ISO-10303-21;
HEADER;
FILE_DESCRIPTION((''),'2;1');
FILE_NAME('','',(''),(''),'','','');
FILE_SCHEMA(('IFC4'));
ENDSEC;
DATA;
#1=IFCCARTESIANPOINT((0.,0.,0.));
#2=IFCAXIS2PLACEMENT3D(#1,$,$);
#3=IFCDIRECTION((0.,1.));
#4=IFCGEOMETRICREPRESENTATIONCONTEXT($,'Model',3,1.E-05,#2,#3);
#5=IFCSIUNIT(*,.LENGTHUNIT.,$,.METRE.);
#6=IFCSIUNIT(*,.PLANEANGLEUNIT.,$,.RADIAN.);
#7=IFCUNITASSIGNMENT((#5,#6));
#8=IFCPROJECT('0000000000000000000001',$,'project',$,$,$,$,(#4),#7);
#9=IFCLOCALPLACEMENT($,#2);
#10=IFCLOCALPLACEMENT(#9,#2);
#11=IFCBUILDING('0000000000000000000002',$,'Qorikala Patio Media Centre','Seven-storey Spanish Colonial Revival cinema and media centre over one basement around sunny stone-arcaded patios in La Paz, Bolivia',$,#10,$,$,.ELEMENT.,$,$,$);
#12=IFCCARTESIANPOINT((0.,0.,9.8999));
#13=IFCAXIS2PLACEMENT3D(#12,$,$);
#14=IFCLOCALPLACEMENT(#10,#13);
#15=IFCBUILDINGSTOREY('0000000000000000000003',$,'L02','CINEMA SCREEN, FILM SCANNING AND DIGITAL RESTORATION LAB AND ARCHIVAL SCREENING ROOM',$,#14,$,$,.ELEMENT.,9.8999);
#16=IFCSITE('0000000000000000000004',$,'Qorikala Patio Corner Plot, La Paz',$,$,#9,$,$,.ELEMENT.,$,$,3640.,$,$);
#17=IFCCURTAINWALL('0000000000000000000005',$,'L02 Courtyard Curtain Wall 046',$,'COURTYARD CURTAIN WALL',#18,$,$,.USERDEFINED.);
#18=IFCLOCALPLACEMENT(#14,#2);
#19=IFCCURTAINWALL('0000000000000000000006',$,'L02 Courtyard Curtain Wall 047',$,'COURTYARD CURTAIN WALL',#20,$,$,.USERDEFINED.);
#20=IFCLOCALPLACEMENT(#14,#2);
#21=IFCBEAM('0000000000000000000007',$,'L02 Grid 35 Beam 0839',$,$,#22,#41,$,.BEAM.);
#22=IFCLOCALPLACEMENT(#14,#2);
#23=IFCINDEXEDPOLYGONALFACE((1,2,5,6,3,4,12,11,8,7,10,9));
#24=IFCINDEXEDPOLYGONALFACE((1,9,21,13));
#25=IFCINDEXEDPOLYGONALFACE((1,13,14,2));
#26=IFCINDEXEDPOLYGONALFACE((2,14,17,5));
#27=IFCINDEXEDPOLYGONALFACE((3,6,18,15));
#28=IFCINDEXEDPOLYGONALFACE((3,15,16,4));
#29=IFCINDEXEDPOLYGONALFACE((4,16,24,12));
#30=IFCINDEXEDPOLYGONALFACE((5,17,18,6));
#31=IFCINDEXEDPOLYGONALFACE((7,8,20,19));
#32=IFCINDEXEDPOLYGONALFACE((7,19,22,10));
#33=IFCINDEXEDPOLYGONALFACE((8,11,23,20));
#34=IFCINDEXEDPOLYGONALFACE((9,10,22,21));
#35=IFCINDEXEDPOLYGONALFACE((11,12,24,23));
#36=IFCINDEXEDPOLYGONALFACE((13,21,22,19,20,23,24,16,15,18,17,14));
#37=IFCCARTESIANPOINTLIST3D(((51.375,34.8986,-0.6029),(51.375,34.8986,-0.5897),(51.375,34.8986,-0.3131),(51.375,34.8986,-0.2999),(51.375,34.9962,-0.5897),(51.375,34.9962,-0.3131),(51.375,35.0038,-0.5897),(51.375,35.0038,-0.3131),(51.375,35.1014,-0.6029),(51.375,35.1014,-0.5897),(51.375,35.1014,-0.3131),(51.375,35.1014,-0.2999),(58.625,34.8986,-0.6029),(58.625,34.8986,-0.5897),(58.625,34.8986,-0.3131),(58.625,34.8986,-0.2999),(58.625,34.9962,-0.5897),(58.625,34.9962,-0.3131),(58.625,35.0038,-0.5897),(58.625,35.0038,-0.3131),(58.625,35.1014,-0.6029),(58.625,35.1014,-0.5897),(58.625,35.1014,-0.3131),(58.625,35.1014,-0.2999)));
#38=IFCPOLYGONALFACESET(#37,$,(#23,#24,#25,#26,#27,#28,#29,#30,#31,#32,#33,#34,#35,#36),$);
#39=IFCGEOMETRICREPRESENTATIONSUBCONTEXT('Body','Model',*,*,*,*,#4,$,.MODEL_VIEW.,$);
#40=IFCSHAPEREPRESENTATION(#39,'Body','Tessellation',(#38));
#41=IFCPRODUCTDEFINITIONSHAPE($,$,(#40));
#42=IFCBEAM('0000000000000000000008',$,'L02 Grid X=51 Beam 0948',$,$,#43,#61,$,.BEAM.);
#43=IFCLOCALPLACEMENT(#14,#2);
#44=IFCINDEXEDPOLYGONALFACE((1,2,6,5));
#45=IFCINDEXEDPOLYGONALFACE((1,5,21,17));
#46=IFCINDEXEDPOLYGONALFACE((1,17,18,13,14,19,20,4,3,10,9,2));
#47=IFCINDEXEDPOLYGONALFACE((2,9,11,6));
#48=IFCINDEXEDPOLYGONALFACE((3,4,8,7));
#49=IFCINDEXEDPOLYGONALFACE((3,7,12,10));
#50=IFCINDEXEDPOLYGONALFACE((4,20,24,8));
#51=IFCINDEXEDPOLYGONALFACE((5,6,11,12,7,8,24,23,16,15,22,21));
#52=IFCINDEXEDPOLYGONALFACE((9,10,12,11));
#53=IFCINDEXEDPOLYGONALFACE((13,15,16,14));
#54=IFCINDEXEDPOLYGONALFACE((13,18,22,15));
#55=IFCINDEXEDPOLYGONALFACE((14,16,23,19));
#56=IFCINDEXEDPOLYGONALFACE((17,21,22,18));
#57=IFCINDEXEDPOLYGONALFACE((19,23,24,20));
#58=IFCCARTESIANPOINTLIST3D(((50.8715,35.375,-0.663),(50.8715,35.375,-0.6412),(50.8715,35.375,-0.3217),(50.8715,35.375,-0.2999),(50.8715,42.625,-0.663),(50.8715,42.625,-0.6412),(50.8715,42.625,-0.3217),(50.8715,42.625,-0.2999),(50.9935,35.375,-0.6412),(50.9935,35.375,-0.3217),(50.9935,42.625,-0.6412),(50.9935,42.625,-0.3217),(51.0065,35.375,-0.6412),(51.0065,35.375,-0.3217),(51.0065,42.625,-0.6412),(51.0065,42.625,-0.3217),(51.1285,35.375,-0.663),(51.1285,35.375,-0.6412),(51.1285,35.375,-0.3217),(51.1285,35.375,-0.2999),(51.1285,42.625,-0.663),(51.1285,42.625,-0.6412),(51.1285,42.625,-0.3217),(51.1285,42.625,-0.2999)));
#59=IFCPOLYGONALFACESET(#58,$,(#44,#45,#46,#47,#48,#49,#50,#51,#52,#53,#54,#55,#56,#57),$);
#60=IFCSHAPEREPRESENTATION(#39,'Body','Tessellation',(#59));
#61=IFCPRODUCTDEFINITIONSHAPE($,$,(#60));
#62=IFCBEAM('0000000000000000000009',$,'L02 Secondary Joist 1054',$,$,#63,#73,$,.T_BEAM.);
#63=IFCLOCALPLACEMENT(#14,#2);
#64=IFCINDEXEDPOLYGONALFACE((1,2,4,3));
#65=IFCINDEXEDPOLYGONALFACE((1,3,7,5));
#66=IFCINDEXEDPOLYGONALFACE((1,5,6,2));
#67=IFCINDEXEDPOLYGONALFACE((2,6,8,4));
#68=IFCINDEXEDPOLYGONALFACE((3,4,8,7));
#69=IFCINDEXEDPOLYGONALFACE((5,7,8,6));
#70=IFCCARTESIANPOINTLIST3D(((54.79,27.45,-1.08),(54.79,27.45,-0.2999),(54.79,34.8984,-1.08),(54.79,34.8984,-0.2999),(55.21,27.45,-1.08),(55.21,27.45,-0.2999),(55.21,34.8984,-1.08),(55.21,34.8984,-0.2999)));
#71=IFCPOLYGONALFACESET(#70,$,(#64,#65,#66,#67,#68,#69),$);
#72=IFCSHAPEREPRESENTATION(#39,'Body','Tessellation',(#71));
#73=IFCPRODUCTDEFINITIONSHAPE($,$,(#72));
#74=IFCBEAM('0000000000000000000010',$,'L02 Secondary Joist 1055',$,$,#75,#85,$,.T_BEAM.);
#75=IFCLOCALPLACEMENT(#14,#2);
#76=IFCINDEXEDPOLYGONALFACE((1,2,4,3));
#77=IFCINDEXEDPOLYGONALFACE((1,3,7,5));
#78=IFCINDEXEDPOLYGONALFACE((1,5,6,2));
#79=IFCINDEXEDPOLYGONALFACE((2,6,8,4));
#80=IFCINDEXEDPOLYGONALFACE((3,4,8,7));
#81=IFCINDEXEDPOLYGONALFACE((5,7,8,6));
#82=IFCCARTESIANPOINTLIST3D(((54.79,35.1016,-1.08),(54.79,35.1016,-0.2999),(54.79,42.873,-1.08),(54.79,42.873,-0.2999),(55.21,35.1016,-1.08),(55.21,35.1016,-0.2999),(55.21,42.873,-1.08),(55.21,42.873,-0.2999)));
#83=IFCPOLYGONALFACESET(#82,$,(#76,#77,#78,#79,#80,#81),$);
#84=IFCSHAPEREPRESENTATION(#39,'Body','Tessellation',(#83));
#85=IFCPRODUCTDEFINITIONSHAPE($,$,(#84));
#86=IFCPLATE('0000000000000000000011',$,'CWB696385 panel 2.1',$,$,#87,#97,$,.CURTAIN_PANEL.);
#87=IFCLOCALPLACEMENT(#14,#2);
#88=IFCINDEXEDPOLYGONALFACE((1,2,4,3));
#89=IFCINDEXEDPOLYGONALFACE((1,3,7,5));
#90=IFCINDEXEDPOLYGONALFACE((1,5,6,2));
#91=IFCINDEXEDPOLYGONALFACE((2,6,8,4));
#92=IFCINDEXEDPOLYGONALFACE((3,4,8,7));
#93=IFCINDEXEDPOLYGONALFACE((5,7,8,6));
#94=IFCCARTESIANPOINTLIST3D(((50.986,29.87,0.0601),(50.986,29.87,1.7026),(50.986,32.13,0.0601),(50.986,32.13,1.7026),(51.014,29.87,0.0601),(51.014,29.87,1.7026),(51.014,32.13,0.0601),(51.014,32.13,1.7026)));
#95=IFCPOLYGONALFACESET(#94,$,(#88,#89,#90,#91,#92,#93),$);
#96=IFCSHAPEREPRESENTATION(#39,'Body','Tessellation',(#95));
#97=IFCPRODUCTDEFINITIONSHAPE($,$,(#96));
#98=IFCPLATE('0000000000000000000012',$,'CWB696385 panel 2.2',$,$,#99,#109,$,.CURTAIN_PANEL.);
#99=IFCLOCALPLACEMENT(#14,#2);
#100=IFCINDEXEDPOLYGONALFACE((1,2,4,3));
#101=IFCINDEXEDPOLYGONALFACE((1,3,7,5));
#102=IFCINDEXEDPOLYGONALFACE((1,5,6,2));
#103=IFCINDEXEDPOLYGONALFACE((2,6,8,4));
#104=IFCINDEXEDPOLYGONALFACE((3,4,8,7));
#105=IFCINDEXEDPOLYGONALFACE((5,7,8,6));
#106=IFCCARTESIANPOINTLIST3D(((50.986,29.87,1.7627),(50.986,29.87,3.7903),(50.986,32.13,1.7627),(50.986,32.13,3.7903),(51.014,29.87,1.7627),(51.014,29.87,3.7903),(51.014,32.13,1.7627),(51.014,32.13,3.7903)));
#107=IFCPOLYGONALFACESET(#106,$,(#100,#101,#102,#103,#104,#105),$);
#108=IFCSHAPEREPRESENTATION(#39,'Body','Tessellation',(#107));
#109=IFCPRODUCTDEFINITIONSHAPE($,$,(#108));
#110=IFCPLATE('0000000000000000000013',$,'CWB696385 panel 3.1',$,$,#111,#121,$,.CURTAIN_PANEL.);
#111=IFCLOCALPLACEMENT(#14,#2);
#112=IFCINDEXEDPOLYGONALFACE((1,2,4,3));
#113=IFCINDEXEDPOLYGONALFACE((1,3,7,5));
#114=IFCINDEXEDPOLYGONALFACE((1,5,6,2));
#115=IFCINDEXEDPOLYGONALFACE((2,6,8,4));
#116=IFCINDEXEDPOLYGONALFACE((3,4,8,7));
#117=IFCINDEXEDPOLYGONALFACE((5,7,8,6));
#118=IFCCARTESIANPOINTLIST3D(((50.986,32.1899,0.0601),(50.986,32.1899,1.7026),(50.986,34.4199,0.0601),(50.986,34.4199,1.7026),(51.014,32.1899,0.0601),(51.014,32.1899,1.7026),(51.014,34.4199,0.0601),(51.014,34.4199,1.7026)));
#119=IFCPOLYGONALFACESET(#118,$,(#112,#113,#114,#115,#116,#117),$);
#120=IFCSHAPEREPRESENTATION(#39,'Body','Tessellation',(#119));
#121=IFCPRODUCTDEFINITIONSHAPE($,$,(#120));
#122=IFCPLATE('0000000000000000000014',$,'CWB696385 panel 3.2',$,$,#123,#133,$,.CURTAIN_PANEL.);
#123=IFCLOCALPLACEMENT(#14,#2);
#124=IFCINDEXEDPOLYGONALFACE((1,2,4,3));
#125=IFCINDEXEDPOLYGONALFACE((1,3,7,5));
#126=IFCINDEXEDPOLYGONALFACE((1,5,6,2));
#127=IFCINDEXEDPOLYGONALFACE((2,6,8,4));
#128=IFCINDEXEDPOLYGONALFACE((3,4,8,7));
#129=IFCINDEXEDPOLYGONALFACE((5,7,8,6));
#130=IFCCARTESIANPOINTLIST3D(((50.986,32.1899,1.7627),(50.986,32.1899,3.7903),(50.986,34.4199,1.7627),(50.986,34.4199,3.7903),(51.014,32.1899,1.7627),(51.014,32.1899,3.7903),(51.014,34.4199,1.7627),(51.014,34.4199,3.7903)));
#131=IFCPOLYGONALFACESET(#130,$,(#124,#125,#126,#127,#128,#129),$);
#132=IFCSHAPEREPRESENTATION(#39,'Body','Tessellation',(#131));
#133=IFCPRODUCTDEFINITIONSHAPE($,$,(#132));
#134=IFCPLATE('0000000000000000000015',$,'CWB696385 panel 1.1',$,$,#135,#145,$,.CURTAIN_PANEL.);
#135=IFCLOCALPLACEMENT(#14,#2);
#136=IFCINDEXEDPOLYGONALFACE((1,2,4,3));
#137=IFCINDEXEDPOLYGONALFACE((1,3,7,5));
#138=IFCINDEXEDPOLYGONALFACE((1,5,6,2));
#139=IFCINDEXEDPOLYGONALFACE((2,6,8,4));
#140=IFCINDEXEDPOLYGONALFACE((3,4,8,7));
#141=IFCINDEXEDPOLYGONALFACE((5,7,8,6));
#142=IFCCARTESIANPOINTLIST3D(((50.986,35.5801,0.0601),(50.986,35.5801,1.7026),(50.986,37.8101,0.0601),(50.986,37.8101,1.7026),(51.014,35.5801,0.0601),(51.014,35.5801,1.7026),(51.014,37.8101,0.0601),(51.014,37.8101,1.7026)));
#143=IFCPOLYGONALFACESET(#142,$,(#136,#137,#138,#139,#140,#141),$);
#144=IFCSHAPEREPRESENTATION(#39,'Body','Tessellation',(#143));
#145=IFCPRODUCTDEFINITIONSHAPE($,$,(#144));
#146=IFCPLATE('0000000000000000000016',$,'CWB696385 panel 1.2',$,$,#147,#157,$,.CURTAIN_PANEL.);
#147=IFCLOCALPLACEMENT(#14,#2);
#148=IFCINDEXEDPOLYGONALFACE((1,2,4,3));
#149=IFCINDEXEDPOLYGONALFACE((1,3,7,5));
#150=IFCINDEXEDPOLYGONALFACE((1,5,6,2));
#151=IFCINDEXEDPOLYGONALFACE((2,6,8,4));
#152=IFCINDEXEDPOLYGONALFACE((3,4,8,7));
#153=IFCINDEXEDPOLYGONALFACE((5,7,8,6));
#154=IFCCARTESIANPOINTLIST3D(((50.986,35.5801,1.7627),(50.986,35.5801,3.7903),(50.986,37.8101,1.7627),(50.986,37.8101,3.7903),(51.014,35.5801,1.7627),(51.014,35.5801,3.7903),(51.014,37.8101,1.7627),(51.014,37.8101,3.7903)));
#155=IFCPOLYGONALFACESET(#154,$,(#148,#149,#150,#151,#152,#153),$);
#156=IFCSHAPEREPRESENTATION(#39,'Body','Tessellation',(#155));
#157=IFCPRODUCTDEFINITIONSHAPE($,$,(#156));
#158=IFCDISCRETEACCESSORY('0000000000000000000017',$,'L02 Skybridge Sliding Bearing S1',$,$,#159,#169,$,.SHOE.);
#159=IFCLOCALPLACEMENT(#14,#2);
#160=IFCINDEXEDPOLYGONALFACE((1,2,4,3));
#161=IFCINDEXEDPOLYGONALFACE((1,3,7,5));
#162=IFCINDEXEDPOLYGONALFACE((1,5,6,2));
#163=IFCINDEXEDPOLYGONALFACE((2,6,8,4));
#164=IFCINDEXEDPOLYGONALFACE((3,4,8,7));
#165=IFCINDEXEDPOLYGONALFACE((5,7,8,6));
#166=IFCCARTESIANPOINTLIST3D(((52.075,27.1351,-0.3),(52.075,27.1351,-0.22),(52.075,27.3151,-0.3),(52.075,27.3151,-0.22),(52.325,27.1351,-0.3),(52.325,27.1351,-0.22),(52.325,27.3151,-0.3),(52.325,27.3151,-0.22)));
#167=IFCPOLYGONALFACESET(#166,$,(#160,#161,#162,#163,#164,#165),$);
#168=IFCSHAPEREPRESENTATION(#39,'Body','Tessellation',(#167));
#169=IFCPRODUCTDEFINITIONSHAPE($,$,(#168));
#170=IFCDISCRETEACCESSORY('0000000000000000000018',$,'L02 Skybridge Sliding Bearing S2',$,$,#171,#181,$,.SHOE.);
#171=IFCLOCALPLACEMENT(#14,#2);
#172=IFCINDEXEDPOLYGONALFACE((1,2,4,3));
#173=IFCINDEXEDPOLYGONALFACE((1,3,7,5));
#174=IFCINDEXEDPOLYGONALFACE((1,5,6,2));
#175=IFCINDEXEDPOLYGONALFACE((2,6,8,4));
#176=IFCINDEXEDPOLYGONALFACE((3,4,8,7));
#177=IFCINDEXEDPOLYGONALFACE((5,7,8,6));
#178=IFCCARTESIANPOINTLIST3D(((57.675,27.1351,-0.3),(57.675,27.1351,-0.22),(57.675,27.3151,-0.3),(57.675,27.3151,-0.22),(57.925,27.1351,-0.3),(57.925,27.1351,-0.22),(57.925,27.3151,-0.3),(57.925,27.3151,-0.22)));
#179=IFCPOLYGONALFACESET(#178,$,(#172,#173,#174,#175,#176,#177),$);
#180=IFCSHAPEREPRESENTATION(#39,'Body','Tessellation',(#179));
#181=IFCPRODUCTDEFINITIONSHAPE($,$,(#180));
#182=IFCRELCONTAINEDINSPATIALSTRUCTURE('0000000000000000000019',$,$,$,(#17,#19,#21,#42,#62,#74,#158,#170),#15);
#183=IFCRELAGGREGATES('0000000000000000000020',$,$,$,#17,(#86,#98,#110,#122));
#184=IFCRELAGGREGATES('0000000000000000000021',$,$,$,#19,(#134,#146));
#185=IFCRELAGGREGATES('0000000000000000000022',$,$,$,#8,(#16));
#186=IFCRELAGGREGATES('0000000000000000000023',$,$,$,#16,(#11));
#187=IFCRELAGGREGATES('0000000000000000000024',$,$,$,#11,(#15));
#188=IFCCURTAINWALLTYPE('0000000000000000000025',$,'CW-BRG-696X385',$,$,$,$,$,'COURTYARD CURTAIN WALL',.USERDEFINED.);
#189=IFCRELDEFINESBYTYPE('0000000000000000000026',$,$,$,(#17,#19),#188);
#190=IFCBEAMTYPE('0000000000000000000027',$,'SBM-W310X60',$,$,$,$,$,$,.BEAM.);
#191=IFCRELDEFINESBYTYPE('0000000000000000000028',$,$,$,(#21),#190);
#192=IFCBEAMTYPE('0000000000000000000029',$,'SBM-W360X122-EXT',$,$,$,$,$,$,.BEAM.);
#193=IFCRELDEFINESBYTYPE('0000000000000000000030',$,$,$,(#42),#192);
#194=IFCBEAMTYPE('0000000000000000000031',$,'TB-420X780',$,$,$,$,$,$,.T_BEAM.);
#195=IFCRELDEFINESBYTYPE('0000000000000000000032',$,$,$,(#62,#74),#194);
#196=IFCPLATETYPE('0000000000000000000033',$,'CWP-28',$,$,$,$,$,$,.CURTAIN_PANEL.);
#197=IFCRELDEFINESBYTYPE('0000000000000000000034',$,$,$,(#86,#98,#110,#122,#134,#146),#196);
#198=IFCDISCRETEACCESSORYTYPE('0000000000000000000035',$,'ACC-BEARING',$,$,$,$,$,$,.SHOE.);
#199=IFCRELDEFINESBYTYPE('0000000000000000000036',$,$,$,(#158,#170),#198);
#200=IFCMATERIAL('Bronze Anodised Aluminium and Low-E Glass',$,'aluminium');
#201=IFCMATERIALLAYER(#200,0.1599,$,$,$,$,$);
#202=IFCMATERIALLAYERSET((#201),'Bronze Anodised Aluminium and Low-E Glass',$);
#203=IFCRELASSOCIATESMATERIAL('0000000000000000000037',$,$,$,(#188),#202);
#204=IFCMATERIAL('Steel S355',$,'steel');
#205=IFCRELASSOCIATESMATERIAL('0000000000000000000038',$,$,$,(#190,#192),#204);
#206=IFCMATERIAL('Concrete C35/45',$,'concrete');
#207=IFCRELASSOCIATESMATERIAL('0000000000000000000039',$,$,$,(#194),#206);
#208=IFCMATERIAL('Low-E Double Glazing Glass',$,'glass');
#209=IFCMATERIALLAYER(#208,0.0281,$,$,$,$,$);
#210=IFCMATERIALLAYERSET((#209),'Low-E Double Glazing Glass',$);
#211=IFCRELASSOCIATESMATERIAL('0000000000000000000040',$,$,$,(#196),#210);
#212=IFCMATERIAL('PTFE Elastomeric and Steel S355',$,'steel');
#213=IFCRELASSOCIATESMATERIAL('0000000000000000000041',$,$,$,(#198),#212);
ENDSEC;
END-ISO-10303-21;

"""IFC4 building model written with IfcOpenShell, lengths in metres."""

from ifc_helpers import new_model, si_unit, direction, frame, origin, origin_2d, place, context, subcontext, project, spatial, rectangle, i_section, extrude, material, layer, layer_set, material_profile, profile_set, type_object, element, aggregate, save


model = new_model("IFC4")

# Units and contexts
model_context = context("Model", 3, precision=1e-05, world=origin(), true_north=direction((0.0, 1.0)))
body_context = subcontext(model_context, "Body", "Model", "MODEL_VIEW")
ifc_project = project(units=[si_unit("LENGTHUNIT", "METRE"), si_unit("PLANEANGLEUNIT", "RADIAN")], contexts=[model_context])

# Site, building, storey
site_placement = place(None, origin())
site = spatial("IfcSite", under=ifc_project, at=site_placement, Name="Qorikala Patio Corner Plot, La Paz", CompositionType="ELEMENT", RefElevation=3640.0)
building_placement = place(site_placement, origin())
building = spatial("IfcBuilding", under=site, at=building_placement, Name="Qorikala Patio Media Centre", Description="Seven-storey Spanish Colonial Revival cinema and media centre over one basement around sunny stone-arcaded patios in La Paz, Bolivia", CompositionType="ELEMENT")
storey_placement = place(building_placement, frame((0.0, 0.0, 9.8999)))
storey = spatial("IfcBuildingStorey", under=building, at=storey_placement, Name="L02", Description="CINEMA SCREEN, FILM SCANNING AND DIGITAL RESTORATION LAB AND ARCHIVAL SCREENING ROOM", CompositionType="ELEMENT", Elevation=9.8999)

# Shared definitions
ifc_material_1 = material(Name="Concrete C35/45", Category="concrete")

# Curtain wall
ifc_material_2 = material(Name="Bronze Anodised Aluminium and Low-E Glass", Category="aluminium")
ifc_layer_1 = layer(ifc_material_2, 0.1599)
ifc_layer_set_1 = layer_set([ifc_layer_1], Name="Bronze Anodised Aluminium and Low-E Glass")
curtain_wall_type = type_object("IfcCurtainWallType", Name="CW-BRG-696X385", ElementType="COURTYARD CURTAIN WALL", PredefinedType="USERDEFINED", material=ifc_layer_set_1)
curtain_wall_1_placement = place(storey_placement, origin())
curtain_wall_1 = element("IfcCurtainWall", 1, at=curtain_wall_1_placement, inside=storey, type_object=curtain_wall_type, Name="L02 Courtyard Curtain Wall 046", ObjectType="COURTYARD CURTAIN WALL", PredefinedType="USERDEFINED")

# Curtain wall
curtain_wall_2_placement = place(storey_placement, origin())
curtain_wall_2 = element("IfcCurtainWall", 2, at=curtain_wall_2_placement, inside=storey, type_object=curtain_wall_type, Name="L02 Courtyard Curtain Wall 047", ObjectType="COURTYARD CURTAIN WALL", PredefinedType="USERDEFINED")

# Beams
ifc_material_3 = material(Name="Steel S355", Category="steel")
ifc_material_profile_1 = material_profile(ifc_material_3, i_section(OverallWidth=0.2029, OverallDepth=0.303, WebThickness=0.0076, FlangeThickness=0.0132, at=origin_2d()), Name="W310X60")
ifc_profile_set_1 = profile_set([ifc_material_profile_1], Name="Steel S355")
beam_type_1 = type_object("IfcBeamType", Name="SBM-W310X60", PredefinedType="BEAM", material=ifc_profile_set_1)
beam_1_placement = place(storey_placement, frame((51.375, 35.0, -0.4514), z_axis=(1.0, 0.0, 0.0), x_axis=(0.0, 1.0, 0.0)))
element("IfcBeam", 3, at=beam_1_placement, inside=storey, type_object=beam_type_1, Name="L02 Grid 35 Beam 0839", PredefinedType="BEAM", context=body_context, shape_type="SweptSolid", body=[
    extrude(i_section(OverallWidth=0.2029, OverallDepth=0.303, WebThickness=0.0076, FlangeThickness=0.0132, at=origin_2d()), origin(), (0.0, 0.0, 1.0), 7.25),
])
ifc_material_profile_2 = material_profile(ifc_material_3, i_section(OverallWidth=0.2571, OverallDepth=0.363, WebThickness=0.0129, FlangeThickness=0.0217, at=origin_2d()), Name="W360X122")
ifc_profile_set_2 = profile_set([ifc_material_profile_2], Name="Steel S355")
beam_type_2 = type_object("IfcBeamType", Name="SBM-W360X122-EXT", PredefinedType="BEAM", material=ifc_profile_set_2)
beam_2_placement = place(storey_placement, frame((51.0, 35.375, -0.4814), z_axis=(0.0, 1.0, 0.0), x_axis=(-1.0, 0.0, 0.0)))
element("IfcBeam", 4, at=beam_2_placement, inside=storey, type_object=beam_type_2, Name="L02 Grid X=51 Beam 0948", PredefinedType="BEAM", context=body_context, shape_type="SweptSolid", body=[
    extrude(i_section(OverallWidth=0.2571, OverallDepth=0.363, WebThickness=0.0129, FlangeThickness=0.0217, at=origin_2d()), origin(), (0.0, 0.0, 1.0), 7.25),
])
ifc_material_profile_3 = material_profile(ifc_material_1, rectangle(XDim=0.4199, YDim=0.78, at=origin_2d()), Name="RC 420x780")
ifc_profile_set_3 = profile_set([ifc_material_profile_3], Name="Concrete C35/45")
beam_type_3 = type_object("IfcBeamType", Name="TB-420X780", PredefinedType="T_BEAM", material=ifc_profile_set_3)
beam_3_placement = place(storey_placement, frame((55.0, 27.45, -0.6899), z_axis=(0.0, 1.0, 0.0), x_axis=(-1.0, 0.0, 0.0)))
element("IfcBeam", 5, at=beam_3_placement, inside=storey, type_object=beam_type_3, Name="L02 Secondary Joist 1054", PredefinedType="T_BEAM", context=body_context, shape_type="SweptSolid", body=[
    extrude(rectangle(XDim=0.4199, YDim=0.78, at=origin_2d()), origin(), (0.0, 0.0, 1.0), 7.4485),
])
beam_4_placement = place(storey_placement, frame((55.0, 35.1016, -0.6899), z_axis=(0.0, 1.0, 0.0), x_axis=(-1.0, 0.0, 0.0)))
element("IfcBeam", 6, at=beam_4_placement, inside=storey, type_object=beam_type_3, Name="L02 Secondary Joist 1055", PredefinedType="T_BEAM", context=body_context, shape_type="SweptSolid", body=[
    extrude(rectangle(XDim=0.4199, YDim=0.78, at=origin_2d()), origin(), (0.0, 0.0, 1.0), 7.7715),
])

# Plates
ifc_material_4 = material(Name="Low-E Double Glazing Glass", Category="glass")
ifc_layer_2 = layer(ifc_material_4, 0.0281)
ifc_layer_set_2 = layer_set([ifc_layer_2], Name="Low-E Double Glazing Glass")
plate_type = type_object("IfcPlateType", Name="CWP-28", PredefinedType="CURTAIN_PANEL", material=ifc_layer_set_2)
plate_1_placement = place(storey_placement, frame((51.0, 31.0, 0.0601), z_axis=(0.0, 0.0, 1.0), x_axis=(0.0, 1.0, 0.0)))
plate_1 = element("IfcPlate", 7, at=plate_1_placement, type_object=plate_type, Name="CWB696385 panel 2.1", PredefinedType="CURTAIN_PANEL", context=body_context, shape_type="SweptSolid", body=[
    extrude(rectangle(XDim=2.26, YDim=0.0281, at=origin_2d()), origin(), (0.0, 0.0, 1.0), 1.6426),
])
plate_2_placement = place(storey_placement, frame((51.0, 31.0, 1.7627), z_axis=(0.0, 0.0, 1.0), x_axis=(0.0, 1.0, 0.0)))
plate_2 = element("IfcPlate", 8, at=plate_2_placement, type_object=plate_type, Name="CWB696385 panel 2.2", PredefinedType="CURTAIN_PANEL", context=body_context, shape_type="SweptSolid", body=[
    extrude(rectangle(XDim=2.26, YDim=0.0281, at=origin_2d()), origin(), (0.0, 0.0, 1.0), 2.0276),
])
plate_3_placement = place(storey_placement, frame((51.0, 33.3049, 0.0601), z_axis=(0.0, 0.0, 1.0), x_axis=(0.0, 1.0, 0.0)))
plate_3 = element("IfcPlate", 9, at=plate_3_placement, type_object=plate_type, Name="CWB696385 panel 3.1", PredefinedType="CURTAIN_PANEL", context=body_context, shape_type="SweptSolid", body=[
    extrude(rectangle(XDim=2.23, YDim=0.0281, at=origin_2d()), origin(), (0.0, 0.0, 1.0), 1.6426),
])
plate_4_placement = place(storey_placement, frame((51.0, 33.3049, 1.7627), z_axis=(0.0, 0.0, 1.0), x_axis=(0.0, 1.0, 0.0)))
plate_4 = element("IfcPlate", 10, at=plate_4_placement, type_object=plate_type, Name="CWB696385 panel 3.2", PredefinedType="CURTAIN_PANEL", context=body_context, shape_type="SweptSolid", body=[
    extrude(rectangle(XDim=2.23, YDim=0.0281, at=origin_2d()), origin(), (0.0, 0.0, 1.0), 2.0276),
])
aggregate(curtain_wall_1, [plate_1, plate_2, plate_3, plate_4])
plate_5_placement = place(storey_placement, frame((51.0, 36.6951, 0.0601), z_axis=(0.0, 0.0, 1.0), x_axis=(0.0, 1.0, 0.0)))
plate_5 = element("IfcPlate", 11, at=plate_5_placement, type_object=plate_type, Name="CWB696385 panel 1.1", PredefinedType="CURTAIN_PANEL", context=body_context, shape_type="SweptSolid", body=[
    extrude(rectangle(XDim=2.23, YDim=0.0281, at=origin_2d()), origin(), (0.0, 0.0, 1.0), 1.6426),
])
plate_6_placement = place(storey_placement, frame((51.0, 36.6951, 1.7627), z_axis=(0.0, 0.0, 1.0), x_axis=(0.0, 1.0, 0.0)))
plate_6 = element("IfcPlate", 12, at=plate_6_placement, type_object=plate_type, Name="CWB696385 panel 1.2", PredefinedType="CURTAIN_PANEL", context=body_context, shape_type="SweptSolid", body=[
    extrude(rectangle(XDim=2.23, YDim=0.0281, at=origin_2d()), origin(), (0.0, 0.0, 1.0), 2.0276),
])
aggregate(curtain_wall_2, [plate_5, plate_6])

# Discrete accessories
ifc_material_5 = material(Name="PTFE Elastomeric and Steel S355", Category="steel")
discrete_accessory_type = type_object("IfcDiscreteAccessoryType", Name="ACC-BEARING", PredefinedType="SHOE", material=ifc_material_5)
for number, where, z_axis, x_axis, name in (
    (13, (52.2, 27.2251, -0.3), (0.0, 0.0, 1.0), (1.0, 0.0, 0.0), "L02 Skybridge Sliding Bearing S1"),
    (14, (57.8, 27.2251, -0.3), (0.0, 0.0, 1.0), (1.0, 0.0, 0.0), "L02 Skybridge Sliding Bearing S2"),
):
    element("IfcDiscreteAccessory", number, at=place(storey_placement, frame(where, z_axis=z_axis, x_axis=x_axis)), inside=storey, type_object=discrete_accessory_type, Name=name, PredefinedType="SHOE", context=body_context, shape_type="SweptSolid", body=[
        extrude(rectangle(XDim=0.25, YDim=0.1799, at=origin_2d()), origin(), (0.0, 0.0, 1.0), 0.0801),
    ])

save(model, "model.ifc")
